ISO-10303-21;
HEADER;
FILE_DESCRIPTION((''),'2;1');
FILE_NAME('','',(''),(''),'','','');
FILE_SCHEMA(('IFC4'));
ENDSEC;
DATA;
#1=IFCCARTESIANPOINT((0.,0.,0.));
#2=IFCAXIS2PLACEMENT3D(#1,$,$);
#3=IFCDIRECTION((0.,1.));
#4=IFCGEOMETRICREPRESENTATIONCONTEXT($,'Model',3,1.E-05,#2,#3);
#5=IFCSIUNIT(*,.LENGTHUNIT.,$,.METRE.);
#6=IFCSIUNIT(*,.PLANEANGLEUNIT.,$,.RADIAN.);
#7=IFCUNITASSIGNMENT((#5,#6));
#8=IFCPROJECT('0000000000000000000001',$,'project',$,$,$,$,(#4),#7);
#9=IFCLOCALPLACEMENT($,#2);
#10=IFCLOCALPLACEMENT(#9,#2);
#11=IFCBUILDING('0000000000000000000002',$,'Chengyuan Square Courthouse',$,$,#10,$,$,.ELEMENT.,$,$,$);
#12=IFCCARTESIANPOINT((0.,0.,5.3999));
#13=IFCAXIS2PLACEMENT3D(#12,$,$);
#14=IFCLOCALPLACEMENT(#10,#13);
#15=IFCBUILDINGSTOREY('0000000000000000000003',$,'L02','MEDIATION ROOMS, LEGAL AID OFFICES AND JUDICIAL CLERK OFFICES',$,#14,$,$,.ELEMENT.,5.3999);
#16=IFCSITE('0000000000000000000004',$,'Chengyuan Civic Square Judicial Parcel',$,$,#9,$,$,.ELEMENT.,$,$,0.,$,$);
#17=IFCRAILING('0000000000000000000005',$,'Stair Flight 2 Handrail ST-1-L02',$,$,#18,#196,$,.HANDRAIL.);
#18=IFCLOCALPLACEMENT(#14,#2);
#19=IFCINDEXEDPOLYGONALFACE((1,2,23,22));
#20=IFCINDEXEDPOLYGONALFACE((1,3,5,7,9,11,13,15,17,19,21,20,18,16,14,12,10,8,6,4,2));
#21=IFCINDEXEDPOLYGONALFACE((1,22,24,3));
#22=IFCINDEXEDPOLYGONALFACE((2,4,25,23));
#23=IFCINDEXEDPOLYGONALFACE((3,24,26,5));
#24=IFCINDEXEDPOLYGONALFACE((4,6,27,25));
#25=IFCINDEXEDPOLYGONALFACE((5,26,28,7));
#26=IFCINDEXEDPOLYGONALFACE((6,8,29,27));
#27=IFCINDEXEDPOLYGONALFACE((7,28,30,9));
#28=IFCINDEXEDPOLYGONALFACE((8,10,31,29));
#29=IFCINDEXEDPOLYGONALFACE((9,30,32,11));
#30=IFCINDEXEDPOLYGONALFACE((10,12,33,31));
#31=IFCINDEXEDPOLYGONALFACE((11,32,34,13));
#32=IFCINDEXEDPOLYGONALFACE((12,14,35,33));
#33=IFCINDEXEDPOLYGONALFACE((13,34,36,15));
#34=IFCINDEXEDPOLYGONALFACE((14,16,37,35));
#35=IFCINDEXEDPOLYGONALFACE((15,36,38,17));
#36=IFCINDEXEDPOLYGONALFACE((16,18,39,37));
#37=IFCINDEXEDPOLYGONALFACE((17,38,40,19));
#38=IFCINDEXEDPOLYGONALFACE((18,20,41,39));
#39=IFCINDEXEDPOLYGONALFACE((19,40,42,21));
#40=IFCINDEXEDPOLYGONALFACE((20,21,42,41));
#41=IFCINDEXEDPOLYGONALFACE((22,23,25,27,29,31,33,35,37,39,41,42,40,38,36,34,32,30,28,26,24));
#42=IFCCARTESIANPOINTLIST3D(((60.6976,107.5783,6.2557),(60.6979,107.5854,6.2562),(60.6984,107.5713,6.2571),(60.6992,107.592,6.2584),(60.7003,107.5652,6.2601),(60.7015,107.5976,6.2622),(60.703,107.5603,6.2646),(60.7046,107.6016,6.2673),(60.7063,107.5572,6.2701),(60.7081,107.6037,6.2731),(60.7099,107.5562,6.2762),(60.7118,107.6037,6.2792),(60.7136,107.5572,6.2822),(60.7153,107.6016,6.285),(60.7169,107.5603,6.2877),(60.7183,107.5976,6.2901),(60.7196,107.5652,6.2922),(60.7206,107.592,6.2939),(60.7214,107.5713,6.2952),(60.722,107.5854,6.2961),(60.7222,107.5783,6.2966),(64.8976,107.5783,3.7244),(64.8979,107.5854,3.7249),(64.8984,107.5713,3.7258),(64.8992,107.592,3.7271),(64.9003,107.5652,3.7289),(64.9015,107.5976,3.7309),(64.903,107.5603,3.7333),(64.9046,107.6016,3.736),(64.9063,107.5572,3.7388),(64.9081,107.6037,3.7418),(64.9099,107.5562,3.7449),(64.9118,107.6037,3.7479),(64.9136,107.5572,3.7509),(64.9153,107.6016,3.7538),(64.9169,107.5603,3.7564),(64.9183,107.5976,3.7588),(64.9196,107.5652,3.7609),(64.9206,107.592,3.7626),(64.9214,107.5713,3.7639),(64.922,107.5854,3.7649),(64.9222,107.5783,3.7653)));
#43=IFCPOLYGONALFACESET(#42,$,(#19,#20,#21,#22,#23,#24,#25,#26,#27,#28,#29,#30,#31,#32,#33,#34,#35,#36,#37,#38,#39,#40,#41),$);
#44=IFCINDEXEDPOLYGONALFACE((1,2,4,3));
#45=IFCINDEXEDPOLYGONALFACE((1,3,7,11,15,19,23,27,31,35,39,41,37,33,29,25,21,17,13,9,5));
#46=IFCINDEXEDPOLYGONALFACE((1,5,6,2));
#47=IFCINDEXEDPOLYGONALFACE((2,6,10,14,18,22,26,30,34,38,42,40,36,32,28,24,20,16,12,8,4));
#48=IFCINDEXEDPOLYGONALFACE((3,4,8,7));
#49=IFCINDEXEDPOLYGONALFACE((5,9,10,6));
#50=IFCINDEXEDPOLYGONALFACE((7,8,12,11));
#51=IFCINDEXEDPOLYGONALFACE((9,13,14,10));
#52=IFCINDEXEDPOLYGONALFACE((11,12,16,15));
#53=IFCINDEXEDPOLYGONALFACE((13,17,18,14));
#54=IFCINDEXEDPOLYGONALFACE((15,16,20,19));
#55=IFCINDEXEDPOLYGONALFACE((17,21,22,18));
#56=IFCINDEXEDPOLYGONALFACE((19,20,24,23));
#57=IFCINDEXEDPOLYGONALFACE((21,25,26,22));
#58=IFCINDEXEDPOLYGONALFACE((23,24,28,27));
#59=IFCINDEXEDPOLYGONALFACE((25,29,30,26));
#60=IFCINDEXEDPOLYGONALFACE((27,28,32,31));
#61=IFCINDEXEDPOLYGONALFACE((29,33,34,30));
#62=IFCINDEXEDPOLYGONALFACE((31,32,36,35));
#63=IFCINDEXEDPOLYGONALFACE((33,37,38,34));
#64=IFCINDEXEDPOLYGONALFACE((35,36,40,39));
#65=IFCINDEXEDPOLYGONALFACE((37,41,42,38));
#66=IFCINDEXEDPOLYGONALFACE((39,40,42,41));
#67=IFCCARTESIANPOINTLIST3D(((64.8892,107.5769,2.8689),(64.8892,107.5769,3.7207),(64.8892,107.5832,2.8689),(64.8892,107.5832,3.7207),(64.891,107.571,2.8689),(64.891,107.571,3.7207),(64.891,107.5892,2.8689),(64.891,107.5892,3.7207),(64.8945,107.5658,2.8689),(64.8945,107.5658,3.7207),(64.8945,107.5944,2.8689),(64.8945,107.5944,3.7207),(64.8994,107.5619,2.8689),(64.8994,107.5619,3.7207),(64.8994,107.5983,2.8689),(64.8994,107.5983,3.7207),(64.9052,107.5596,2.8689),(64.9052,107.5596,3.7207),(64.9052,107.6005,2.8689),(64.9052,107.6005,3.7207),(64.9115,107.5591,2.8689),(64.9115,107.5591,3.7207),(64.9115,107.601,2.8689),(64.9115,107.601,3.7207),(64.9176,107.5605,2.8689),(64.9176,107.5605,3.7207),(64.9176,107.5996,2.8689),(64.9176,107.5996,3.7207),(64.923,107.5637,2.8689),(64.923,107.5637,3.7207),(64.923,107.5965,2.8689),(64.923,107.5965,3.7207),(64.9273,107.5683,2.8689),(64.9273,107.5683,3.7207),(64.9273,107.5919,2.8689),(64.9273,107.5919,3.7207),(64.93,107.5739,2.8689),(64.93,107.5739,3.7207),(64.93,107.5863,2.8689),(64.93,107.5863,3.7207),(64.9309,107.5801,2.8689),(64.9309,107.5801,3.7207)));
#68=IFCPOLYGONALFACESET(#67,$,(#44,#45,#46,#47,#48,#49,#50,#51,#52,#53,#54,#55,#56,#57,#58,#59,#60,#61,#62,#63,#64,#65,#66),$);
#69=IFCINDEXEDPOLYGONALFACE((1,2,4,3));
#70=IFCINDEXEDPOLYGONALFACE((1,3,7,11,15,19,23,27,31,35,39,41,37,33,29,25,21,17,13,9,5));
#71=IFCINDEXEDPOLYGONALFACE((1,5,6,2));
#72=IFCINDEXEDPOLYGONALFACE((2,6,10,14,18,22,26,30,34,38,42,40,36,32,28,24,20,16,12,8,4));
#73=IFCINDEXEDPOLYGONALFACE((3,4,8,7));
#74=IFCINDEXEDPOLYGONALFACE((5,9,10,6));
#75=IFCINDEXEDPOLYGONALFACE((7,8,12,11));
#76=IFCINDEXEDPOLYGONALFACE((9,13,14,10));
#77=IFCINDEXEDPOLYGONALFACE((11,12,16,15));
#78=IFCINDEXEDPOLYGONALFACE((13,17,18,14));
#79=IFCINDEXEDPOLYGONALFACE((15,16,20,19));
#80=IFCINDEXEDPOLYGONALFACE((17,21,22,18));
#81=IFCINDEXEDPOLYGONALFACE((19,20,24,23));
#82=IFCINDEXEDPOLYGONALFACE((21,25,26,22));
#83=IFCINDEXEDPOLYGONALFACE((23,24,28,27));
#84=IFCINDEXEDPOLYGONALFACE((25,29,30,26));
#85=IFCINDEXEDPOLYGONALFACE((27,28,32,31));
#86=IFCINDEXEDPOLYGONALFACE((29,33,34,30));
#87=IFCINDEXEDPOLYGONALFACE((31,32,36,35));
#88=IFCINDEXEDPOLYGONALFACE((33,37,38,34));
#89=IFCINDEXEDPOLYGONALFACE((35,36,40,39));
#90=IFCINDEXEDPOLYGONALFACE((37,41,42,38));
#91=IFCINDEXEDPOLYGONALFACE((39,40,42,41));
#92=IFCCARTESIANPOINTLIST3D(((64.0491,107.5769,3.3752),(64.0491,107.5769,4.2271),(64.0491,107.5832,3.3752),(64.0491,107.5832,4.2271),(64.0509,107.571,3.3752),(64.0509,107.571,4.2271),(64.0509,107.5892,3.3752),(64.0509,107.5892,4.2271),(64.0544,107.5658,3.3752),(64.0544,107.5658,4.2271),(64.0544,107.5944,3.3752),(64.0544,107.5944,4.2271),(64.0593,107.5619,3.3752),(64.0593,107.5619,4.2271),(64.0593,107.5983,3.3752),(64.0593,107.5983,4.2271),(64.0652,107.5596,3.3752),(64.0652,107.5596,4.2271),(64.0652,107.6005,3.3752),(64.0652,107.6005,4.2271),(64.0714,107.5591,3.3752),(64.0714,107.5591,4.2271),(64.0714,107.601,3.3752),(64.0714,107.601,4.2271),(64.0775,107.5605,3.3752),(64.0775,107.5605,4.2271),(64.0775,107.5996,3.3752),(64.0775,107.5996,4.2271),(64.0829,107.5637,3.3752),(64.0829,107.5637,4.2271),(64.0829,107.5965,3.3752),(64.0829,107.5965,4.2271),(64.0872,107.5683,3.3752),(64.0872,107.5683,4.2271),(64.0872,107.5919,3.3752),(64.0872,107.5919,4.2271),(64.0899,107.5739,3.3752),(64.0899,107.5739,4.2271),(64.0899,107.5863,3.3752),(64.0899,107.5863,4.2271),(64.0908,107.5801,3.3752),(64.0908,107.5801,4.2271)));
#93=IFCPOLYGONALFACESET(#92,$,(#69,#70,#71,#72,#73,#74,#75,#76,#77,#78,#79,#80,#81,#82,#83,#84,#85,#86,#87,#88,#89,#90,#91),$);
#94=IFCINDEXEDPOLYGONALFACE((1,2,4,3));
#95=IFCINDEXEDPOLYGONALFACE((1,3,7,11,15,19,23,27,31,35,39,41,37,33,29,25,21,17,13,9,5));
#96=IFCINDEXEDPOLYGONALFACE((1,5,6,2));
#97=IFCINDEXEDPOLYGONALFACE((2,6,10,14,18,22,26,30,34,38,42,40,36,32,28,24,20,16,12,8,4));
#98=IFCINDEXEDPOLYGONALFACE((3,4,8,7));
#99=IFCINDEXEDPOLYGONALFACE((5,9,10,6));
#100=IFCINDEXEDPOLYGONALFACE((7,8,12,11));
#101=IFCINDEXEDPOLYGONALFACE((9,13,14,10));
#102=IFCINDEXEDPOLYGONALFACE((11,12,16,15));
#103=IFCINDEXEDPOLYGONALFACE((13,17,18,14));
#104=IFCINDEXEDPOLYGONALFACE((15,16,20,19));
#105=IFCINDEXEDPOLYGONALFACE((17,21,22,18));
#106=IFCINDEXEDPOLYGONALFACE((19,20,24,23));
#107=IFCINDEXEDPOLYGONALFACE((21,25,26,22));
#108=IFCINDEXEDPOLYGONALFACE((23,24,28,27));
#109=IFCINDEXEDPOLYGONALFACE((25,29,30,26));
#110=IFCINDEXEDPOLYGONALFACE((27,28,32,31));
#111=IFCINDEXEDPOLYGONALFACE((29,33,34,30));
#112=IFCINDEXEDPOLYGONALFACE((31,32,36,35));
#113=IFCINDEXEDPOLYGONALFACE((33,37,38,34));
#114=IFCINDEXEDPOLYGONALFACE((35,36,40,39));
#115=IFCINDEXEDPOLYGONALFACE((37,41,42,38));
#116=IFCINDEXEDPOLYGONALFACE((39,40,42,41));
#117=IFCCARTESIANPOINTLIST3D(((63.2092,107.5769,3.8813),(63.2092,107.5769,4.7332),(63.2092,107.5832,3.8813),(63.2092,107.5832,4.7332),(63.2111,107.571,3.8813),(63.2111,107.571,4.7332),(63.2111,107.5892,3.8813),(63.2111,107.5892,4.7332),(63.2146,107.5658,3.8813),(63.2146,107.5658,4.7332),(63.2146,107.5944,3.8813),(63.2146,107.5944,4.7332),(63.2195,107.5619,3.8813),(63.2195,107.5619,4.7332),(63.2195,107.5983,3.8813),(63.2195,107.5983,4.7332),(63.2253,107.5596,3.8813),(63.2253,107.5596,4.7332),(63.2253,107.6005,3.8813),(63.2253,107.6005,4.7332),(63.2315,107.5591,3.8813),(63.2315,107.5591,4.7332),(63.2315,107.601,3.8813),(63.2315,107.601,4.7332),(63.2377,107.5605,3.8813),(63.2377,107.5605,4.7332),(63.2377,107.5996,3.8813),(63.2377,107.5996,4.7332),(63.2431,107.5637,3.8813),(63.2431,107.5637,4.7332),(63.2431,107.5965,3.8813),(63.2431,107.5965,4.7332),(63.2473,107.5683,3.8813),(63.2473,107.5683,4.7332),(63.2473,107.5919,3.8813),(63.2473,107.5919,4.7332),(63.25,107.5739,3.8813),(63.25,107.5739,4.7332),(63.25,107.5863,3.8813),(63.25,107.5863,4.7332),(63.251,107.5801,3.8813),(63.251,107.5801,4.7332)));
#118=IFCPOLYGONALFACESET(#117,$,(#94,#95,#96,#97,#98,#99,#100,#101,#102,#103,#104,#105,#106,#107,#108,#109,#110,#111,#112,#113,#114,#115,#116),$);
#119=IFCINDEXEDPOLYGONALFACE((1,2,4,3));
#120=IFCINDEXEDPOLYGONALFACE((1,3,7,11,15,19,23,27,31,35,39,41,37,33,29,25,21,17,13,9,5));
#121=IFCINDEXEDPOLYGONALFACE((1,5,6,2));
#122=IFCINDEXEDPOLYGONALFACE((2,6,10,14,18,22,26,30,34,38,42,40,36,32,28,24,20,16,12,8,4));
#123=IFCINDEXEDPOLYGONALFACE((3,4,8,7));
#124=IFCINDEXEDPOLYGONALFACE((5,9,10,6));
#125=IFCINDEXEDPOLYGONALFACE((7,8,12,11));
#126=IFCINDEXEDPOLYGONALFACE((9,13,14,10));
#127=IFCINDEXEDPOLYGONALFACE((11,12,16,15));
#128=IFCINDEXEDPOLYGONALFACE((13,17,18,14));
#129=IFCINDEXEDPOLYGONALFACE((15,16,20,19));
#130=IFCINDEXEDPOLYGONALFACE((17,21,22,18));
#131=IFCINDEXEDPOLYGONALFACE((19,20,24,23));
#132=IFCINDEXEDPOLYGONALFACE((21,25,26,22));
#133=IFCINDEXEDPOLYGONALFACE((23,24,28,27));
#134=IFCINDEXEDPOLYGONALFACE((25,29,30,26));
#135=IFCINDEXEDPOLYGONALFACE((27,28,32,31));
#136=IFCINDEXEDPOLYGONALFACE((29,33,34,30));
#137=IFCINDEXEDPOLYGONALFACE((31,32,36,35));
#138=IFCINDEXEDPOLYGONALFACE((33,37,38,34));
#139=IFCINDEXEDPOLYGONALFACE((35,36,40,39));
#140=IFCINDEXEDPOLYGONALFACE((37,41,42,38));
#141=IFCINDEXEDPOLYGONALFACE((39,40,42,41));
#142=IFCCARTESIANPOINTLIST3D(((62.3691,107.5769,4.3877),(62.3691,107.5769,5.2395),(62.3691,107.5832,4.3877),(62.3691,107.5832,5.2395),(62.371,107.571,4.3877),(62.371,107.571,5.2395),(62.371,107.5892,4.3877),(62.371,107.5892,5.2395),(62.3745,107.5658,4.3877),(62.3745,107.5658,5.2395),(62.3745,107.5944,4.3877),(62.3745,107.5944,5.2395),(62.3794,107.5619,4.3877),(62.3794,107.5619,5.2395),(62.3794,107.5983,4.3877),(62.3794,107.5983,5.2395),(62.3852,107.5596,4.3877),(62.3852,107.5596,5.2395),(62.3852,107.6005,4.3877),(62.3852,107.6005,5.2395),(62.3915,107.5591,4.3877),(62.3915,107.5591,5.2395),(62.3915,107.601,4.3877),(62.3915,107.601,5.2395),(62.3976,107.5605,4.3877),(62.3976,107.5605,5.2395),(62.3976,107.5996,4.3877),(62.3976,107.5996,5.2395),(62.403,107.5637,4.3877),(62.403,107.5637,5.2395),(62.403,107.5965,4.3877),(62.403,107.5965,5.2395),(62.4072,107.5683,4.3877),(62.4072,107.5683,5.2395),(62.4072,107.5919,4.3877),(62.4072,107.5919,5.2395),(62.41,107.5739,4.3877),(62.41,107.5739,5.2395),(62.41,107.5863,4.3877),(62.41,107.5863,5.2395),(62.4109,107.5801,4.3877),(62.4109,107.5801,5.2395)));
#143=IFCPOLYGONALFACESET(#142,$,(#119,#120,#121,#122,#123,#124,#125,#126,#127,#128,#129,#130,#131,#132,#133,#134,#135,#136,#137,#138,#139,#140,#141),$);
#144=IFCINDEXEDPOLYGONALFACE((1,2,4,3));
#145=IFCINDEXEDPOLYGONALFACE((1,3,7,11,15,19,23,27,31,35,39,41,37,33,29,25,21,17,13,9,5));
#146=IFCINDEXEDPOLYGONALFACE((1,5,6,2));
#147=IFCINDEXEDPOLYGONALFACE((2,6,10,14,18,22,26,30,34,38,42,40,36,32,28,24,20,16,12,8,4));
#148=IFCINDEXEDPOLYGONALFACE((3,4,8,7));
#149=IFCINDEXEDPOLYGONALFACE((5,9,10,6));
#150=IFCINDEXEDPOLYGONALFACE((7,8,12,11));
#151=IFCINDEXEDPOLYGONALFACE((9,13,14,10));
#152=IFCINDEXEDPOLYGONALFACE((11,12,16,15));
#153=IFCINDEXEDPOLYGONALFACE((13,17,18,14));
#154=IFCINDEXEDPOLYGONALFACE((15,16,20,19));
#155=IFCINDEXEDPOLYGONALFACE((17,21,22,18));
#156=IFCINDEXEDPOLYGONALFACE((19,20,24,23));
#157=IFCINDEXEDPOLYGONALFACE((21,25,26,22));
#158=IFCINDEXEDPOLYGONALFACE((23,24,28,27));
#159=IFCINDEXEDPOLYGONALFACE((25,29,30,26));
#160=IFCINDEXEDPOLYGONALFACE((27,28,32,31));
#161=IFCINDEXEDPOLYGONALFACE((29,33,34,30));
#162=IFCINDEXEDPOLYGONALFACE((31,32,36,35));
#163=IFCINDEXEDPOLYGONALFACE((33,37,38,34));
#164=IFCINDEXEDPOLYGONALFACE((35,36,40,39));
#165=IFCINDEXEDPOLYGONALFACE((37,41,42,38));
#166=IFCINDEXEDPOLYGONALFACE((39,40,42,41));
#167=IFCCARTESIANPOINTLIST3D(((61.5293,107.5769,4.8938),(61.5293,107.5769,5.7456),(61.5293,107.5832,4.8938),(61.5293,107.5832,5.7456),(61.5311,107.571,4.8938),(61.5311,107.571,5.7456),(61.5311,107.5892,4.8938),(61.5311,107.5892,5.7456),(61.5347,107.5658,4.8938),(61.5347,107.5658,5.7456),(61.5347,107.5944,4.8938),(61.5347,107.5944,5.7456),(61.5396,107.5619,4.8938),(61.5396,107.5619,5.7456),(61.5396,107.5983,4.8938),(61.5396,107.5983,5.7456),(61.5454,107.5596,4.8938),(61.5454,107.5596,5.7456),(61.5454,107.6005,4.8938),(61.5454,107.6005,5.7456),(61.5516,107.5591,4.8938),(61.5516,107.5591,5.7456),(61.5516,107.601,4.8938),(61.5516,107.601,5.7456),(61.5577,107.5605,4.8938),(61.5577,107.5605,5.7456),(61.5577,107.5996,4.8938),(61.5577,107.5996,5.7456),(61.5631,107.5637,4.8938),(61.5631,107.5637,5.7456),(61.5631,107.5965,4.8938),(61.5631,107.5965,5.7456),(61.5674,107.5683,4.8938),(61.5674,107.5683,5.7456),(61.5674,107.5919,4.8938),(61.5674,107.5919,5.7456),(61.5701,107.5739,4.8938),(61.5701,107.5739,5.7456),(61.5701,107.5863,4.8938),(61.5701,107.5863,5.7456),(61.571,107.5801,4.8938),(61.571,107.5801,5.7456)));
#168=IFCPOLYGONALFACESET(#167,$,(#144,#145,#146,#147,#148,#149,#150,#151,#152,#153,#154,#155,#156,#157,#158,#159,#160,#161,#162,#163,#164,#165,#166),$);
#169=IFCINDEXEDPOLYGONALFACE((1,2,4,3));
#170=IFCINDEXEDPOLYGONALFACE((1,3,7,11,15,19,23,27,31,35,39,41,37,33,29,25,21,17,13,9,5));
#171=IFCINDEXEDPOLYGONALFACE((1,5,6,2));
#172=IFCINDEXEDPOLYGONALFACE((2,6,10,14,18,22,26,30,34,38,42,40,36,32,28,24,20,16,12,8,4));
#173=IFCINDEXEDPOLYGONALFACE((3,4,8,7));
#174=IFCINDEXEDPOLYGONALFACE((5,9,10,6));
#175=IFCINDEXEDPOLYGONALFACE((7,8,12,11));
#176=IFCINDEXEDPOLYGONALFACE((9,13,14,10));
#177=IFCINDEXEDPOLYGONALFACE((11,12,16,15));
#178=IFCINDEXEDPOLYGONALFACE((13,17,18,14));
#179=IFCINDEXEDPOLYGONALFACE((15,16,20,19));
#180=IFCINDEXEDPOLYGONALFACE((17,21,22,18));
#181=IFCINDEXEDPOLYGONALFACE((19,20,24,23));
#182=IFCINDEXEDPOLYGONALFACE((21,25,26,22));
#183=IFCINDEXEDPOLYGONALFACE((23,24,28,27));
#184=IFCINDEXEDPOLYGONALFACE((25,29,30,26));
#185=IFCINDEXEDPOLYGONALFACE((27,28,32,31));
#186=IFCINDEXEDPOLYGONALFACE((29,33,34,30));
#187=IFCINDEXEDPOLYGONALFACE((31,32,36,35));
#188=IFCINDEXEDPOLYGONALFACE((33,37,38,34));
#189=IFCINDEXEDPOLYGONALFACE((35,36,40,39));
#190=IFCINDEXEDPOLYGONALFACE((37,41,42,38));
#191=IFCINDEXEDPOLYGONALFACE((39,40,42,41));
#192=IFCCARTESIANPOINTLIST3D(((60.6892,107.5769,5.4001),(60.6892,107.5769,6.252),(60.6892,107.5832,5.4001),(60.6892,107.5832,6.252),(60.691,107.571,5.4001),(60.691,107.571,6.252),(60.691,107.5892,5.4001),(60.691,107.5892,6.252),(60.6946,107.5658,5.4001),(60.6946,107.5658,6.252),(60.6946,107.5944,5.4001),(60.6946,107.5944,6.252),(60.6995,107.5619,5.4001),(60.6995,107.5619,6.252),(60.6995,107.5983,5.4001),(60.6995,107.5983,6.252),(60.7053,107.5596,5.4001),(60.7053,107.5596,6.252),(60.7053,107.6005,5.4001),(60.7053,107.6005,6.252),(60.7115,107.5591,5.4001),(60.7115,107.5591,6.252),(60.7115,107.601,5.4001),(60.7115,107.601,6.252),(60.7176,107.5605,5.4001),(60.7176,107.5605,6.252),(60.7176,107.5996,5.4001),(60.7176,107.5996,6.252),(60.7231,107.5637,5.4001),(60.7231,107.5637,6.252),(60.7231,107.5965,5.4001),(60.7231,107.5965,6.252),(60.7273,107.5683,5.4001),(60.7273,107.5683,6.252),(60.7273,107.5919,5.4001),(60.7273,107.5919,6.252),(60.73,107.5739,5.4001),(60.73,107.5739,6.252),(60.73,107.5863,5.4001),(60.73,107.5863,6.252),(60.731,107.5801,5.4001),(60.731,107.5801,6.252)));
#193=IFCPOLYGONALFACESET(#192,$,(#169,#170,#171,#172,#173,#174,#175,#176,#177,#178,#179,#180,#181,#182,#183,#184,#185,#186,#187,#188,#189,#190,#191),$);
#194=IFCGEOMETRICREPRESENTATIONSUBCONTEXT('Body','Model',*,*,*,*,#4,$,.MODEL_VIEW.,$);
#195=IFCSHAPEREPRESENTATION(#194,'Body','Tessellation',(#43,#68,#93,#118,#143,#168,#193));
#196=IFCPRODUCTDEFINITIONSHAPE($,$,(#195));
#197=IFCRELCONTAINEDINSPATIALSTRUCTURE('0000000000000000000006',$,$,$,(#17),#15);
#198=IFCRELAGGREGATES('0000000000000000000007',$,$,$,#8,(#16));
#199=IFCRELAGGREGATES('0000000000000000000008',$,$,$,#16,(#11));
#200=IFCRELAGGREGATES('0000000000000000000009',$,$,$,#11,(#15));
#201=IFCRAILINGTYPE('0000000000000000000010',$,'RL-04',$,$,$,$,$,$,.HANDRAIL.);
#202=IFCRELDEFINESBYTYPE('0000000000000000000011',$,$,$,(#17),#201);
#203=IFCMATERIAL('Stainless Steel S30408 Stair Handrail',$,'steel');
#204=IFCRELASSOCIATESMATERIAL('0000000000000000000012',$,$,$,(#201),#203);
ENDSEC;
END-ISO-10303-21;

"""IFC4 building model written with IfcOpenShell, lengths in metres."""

from ifc_helpers import new_model, si_unit, direction, frame, origin, origin_2d, place, context, subcontext, project, spatial, circle, extrude, material, type_object, element, save


model = new_model("IFC4")

# Units and contexts
model_context = context("Model", 3, precision=1e-05, world=origin(), true_north=direction((0.0, 1.0)))
body_context = subcontext(model_context, "Body", "Model", "MODEL_VIEW")
ifc_project = project(units=[si_unit("LENGTHUNIT", "METRE"), si_unit("PLANEANGLEUNIT", "RADIAN")], contexts=[model_context])

# Site, building, storey
site_placement = place(None, origin())
site = spatial("IfcSite", under=ifc_project, at=site_placement, Name="Chengyuan Civic Square Judicial Parcel", CompositionType="ELEMENT", RefElevation=0.0)
building_placement = place(site_placement, origin())
building = spatial("IfcBuilding", under=site, at=building_placement, Name="Chengyuan Square Courthouse", CompositionType="ELEMENT")
storey_placement = place(building_placement, frame((0.0, 0.0, 5.3999)))
storey = spatial("IfcBuildingStorey", under=building, at=storey_placement, Name="L02", Description="MEDIATION ROOMS, LEGAL AID OFFICES AND JUDICIAL CLERK OFFICES", CompositionType="ELEMENT", Elevation=5.3999)

# Railing
ifc_material_1 = material(Name="Stainless Steel S30408 Stair Handrail", Category="steel")
railing_type_1 = type_object("IfcRailingType", Name="RL-04", PredefinedType="HANDRAIL", material=ifc_material_1)
railing_1_placement = place(storey_placement, frame((64.9099, 107.5801, 2.8689)))
element("IfcRailing", 1, at=railing_1_placement, inside=storey, type_object=railing_type_1, Name="Stair Flight 2 Handrail ST-1-L02", PredefinedType="HANDRAIL", context=body_context, shape_type="SweptSolid", body=[
    extrude(circle(Radius=0.0239, at=origin_2d()), frame((0.0, 0.0, 0.876), z_axis=(-0.856476, 0.0, 0.516186), x_axis=(0.0, -1.0, 0.0)), (0.0, 0.0, 1.0), 4.9038),
    extrude(circle(Radius=0.021, at=origin_2d()), origin(), (0.0, 0.0, 1.0), 0.8518),
    extrude(circle(Radius=0.021, at=origin_2d()), frame((-0.8401, 0.0, 0.5063)), (0.0, 0.0, 1.0), 0.8518),
    extrude(circle(Radius=0.021, at=origin_2d()), frame((-1.6799, 0.0, 1.0125)), (0.0, 0.0, 1.0), 0.8518),
    extrude(circle(Radius=0.021, at=origin_2d()), frame((-2.52, 0.0, 1.5188)), (0.0, 0.0, 1.0), 0.8518),
    extrude(circle(Radius=0.021, at=origin_2d()), frame((-3.3599, 0.0, 2.0249)), (0.0, 0.0, 1.0), 0.8518),
    extrude(circle(Radius=0.021, at=origin_2d()), frame((-4.2, 0.0, 2.5312)), (0.0, 0.0, 1.0), 0.8518),
])

save(model, "model.ifc")
